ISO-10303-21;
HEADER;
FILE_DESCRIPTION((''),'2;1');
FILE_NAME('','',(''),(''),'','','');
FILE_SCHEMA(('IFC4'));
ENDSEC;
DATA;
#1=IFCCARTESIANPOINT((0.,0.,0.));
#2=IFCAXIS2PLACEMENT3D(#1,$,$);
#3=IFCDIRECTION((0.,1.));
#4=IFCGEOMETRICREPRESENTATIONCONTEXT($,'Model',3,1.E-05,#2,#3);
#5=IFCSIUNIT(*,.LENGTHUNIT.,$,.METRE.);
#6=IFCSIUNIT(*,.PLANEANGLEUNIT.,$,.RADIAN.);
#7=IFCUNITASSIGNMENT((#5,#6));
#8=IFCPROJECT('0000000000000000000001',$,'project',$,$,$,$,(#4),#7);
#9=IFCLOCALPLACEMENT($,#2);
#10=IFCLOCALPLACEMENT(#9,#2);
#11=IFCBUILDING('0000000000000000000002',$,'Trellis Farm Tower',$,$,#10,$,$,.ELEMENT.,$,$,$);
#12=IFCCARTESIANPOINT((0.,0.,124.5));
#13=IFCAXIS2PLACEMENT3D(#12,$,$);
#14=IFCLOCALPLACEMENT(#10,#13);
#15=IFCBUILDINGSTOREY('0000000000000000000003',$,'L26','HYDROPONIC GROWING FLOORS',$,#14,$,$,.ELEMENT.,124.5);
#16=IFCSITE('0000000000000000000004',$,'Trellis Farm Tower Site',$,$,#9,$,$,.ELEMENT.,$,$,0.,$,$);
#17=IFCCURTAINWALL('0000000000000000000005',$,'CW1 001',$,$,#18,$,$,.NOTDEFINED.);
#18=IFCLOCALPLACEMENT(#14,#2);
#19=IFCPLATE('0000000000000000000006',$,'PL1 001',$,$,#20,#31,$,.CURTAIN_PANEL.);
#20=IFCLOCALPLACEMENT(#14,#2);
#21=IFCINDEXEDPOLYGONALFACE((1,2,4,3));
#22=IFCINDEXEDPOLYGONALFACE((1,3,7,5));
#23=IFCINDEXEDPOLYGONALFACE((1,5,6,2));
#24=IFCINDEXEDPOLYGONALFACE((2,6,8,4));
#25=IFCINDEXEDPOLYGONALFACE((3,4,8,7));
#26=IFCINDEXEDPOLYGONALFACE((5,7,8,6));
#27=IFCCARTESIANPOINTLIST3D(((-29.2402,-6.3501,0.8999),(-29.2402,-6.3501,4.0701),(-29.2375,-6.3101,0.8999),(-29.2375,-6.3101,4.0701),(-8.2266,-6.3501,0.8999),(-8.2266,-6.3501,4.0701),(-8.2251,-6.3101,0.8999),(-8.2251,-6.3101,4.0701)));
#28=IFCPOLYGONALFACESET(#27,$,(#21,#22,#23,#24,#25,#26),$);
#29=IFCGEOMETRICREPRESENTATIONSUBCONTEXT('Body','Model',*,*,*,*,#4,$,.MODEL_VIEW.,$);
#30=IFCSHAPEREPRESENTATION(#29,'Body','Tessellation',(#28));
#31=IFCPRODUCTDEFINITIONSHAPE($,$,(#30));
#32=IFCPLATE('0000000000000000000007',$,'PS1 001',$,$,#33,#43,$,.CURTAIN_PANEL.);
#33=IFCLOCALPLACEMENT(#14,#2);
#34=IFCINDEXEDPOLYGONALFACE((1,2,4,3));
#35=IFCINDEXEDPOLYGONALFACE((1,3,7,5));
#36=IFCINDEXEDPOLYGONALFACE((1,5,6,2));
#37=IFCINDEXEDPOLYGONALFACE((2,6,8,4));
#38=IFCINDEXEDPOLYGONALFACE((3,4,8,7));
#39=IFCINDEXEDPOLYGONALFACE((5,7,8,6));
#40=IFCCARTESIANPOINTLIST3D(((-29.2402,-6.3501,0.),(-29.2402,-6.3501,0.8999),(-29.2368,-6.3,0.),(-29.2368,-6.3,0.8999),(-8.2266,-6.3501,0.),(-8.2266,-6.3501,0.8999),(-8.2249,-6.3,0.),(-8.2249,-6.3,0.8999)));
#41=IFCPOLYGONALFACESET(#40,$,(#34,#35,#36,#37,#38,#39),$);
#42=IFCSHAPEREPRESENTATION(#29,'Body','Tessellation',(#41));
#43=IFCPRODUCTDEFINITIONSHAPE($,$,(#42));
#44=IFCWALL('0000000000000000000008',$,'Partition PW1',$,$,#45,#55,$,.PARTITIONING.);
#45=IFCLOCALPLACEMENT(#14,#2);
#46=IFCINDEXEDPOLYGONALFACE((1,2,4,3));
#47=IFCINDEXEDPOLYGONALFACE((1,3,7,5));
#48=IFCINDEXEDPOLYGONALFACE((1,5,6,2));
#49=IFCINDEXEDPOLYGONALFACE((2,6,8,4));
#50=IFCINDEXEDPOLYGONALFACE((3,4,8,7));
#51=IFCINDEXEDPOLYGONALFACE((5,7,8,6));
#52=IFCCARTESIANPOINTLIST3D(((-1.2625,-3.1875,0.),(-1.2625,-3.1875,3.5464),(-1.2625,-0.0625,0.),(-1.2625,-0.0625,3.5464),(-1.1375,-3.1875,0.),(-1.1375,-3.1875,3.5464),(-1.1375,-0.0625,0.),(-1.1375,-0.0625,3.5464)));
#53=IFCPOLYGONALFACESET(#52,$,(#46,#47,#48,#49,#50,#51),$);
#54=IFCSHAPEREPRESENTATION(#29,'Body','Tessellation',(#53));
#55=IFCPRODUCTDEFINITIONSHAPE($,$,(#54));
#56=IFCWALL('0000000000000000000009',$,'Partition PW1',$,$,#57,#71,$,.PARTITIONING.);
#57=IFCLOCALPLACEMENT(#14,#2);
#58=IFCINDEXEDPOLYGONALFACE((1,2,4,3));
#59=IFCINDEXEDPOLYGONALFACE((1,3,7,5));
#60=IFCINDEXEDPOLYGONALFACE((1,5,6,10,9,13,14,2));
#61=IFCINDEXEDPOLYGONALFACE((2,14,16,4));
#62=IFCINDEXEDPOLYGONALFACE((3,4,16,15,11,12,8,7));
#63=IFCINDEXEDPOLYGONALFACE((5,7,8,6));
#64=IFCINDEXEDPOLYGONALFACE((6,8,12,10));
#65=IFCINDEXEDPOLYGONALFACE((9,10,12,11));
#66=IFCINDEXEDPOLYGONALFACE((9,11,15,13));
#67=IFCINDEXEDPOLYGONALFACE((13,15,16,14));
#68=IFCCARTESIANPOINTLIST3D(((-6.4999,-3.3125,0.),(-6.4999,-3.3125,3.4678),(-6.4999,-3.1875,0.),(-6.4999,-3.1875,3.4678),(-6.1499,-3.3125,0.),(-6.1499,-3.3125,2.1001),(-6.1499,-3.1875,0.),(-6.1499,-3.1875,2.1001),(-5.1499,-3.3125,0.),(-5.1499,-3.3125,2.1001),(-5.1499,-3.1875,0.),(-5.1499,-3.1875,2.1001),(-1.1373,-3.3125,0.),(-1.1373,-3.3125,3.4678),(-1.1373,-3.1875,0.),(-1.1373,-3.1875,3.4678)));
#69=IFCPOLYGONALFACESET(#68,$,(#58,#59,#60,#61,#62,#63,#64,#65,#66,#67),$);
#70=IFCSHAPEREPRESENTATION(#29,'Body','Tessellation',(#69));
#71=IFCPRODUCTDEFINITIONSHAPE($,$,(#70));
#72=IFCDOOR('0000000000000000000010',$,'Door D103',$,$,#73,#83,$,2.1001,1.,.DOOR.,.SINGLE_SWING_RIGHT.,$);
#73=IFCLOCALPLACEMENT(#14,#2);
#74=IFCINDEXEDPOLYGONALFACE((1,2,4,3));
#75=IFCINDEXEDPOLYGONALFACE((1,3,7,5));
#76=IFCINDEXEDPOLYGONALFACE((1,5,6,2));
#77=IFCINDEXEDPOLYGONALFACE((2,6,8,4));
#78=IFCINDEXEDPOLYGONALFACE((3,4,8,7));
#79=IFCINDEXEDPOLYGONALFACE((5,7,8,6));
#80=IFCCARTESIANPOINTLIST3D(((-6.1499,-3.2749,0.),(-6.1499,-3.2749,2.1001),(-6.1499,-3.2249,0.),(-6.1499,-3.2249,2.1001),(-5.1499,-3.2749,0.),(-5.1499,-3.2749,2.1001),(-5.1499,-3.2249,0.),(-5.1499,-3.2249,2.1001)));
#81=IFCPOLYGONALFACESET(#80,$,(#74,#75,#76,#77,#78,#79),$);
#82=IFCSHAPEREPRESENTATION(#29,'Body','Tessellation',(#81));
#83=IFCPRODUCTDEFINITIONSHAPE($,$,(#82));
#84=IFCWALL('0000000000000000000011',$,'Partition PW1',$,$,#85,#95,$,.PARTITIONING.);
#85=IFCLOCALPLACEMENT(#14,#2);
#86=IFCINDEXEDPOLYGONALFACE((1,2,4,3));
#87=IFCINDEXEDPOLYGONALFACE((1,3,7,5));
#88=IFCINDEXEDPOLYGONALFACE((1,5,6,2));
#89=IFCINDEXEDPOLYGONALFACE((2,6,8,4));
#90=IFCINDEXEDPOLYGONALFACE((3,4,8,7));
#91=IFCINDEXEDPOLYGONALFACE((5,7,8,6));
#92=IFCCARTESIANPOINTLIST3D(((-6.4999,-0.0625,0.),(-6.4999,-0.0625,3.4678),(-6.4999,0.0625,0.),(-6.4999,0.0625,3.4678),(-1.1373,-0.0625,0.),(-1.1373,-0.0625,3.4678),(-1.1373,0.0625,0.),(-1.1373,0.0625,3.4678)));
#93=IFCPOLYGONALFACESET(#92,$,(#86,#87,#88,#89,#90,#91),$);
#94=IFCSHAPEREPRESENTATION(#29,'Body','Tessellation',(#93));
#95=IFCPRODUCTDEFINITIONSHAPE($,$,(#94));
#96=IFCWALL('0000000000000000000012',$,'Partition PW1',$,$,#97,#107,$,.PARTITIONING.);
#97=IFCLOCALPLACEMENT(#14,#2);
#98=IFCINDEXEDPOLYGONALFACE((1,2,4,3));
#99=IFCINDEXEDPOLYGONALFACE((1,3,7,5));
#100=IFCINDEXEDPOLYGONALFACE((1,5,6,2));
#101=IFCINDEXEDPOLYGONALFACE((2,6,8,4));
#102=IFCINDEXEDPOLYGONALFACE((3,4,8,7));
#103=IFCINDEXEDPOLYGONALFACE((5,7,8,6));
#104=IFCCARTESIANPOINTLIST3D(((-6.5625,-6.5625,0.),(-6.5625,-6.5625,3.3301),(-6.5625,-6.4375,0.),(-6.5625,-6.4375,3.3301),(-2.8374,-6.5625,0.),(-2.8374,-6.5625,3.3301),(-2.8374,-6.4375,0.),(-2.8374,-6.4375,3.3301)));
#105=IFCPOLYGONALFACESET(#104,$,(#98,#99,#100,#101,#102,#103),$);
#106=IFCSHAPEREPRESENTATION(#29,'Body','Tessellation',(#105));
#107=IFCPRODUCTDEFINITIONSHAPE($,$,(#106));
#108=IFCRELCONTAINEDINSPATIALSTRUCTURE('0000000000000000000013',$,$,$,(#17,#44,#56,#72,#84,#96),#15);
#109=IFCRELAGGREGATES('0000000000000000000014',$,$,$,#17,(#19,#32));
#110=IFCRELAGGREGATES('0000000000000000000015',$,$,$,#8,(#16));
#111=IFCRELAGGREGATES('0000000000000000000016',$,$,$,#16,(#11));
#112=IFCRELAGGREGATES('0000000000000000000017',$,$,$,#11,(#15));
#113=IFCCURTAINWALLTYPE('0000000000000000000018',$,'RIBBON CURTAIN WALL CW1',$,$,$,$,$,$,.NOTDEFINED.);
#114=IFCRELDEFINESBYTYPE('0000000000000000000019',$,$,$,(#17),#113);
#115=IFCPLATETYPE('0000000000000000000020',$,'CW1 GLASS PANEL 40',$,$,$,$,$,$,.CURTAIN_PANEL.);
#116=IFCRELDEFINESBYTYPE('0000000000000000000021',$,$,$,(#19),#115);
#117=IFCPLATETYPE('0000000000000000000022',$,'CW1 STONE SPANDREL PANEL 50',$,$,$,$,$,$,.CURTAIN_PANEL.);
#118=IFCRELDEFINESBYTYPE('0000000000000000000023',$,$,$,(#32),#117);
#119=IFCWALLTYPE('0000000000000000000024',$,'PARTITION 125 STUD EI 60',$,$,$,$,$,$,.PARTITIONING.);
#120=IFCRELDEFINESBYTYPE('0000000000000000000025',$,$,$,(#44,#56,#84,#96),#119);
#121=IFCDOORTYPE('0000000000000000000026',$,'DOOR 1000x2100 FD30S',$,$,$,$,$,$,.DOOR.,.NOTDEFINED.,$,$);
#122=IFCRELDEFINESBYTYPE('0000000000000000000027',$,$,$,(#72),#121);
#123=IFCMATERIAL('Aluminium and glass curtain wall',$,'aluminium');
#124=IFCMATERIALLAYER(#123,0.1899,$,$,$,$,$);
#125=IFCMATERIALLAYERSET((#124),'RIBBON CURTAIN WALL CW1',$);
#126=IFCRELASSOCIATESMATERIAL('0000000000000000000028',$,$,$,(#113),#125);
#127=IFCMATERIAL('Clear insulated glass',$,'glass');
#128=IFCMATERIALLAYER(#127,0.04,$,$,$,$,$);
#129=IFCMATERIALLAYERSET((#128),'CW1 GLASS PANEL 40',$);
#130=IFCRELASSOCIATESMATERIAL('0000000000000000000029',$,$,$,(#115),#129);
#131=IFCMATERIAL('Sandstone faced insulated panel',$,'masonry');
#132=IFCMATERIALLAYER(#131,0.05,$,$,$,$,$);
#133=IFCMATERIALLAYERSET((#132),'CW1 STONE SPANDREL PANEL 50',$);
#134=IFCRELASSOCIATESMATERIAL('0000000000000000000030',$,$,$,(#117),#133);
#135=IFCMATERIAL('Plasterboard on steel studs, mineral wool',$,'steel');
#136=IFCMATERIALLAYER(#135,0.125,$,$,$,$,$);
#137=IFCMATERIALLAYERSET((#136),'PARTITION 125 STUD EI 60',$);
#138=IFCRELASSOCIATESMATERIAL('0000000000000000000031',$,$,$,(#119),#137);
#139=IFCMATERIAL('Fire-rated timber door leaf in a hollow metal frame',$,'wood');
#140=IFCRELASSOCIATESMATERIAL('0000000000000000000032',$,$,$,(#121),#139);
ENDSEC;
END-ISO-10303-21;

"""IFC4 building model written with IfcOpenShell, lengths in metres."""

from ifc_helpers import new_model, si_unit, direction, frame, frame_2d, origin, place, context, subcontext, project, spatial, polyline, rectangle, outline, extrude, source, transform, mapped, material, layer, layer_set, type_object, element, fill, aggregate, save


model = new_model("IFC4")

# Units and contexts
model_context = context("Model", 3, precision=1e-05, world=origin(), true_north=direction((0.0, 1.0)))
body_context = subcontext(model_context, "Body", "Model", "MODEL_VIEW")
ifc_project = project(units=[si_unit("LENGTHUNIT", "METRE"), si_unit("PLANEANGLEUNIT", "RADIAN")], contexts=[model_context])

# Site, building, storey
site_placement = place(None, origin())
site = spatial("IfcSite", under=ifc_project, at=site_placement, Name="Trellis Farm Tower Site", CompositionType="ELEMENT", RefElevation=0.0)
building_placement = place(site_placement, origin())
building = spatial("IfcBuilding", under=site, at=building_placement, Name="Trellis Farm Tower", CompositionType="ELEMENT")
storey_placement = place(building_placement, frame((0.0, 0.0, 124.5)))
storey = spatial("IfcBuildingStorey", under=building, at=storey_placement, Name="L26", Description="HYDROPONIC GROWING FLOORS", CompositionType="ELEMENT", Elevation=124.5)

# Curtain wall
ifc_material_1 = material(Name="Aluminium and glass curtain wall", Category="aluminium")
ifc_layer_1 = layer(ifc_material_1, 0.1899)
ifc_layer_set_1 = layer_set([ifc_layer_1], Name="RIBBON CURTAIN WALL CW1")
curtain_wall_type = type_object("IfcCurtainWallType", Name="RIBBON CURTAIN WALL CW1", PredefinedType="NOTDEFINED", material=ifc_layer_set_1)
placement_1 = place(storey_placement, origin())
curtain_wall = element("IfcCurtainWall", 1, at=placement_1, inside=storey, type_object=curtain_wall_type, Name="CW1 001", PredefinedType="NOTDEFINED")

# Plates
ifc_material_2 = material(Name="Clear insulated glass", Category="glass")
ifc_layer_2 = layer(ifc_material_2, 0.04)
ifc_layer_set_2 = layer_set([ifc_layer_2], Name="CW1 GLASS PANEL 40")
plate_type_1 = type_object("IfcPlateType", Name="CW1 GLASS PANEL 40", PredefinedType="CURTAIN_PANEL", material=ifc_layer_set_2)
shared_shape_1 = source(origin(), body_context, "Body", "SweptSolid", [
    extrude(outline(polyline([(-29.2402, -6.3501), (-8.2266, -6.3501), (-8.2251, -6.3101), (-29.2375, -6.3101), (-29.2402, -6.3501)])), origin(), (0.0, 0.0, 1.0), 3.1702),
])
plate_1_placement = place(storey_placement, frame((0.0, 0.0, 0.8999)))
plate_1 = element("IfcPlate", 2, at=plate_1_placement, type_object=plate_type_1, Name="PL1 001", PredefinedType="CURTAIN_PANEL", context=body_context, shape_type="MappedRepresentation", body=[
    mapped(shared_shape_1, transform((0.0, 0.0, 0.0))),
])
ifc_material_3 = material(Name="Sandstone faced insulated panel", Category="masonry")
ifc_layer_3 = layer(ifc_material_3, 0.05)
ifc_layer_set_3 = layer_set([ifc_layer_3], Name="CW1 STONE SPANDREL PANEL 50")
plate_type_2 = type_object("IfcPlateType", Name="CW1 STONE SPANDREL PANEL 50", PredefinedType="CURTAIN_PANEL", material=ifc_layer_set_3)
shared_shape_2 = source(origin(), body_context, "Body", "SweptSolid", [
    extrude(outline(polyline([(-29.2402, -6.3501), (-8.2266, -6.3501), (-8.2249, -6.3), (-29.2368, -6.3), (-29.2402, -6.3501)])), origin(), (0.0, 0.0, 1.0), 0.8999),
])
plate_2 = element("IfcPlate", 3, at=placement_1, type_object=plate_type_2, Name="PS1 001", PredefinedType="CURTAIN_PANEL", context=body_context, shape_type="MappedRepresentation", body=[
    mapped(shared_shape_2, transform((0.0, 0.0, 0.0))),
])
aggregate(curtain_wall, [plate_1, plate_2])

# Wall
ifc_material_4 = material(Name="Plasterboard on steel studs, mineral wool", Category="steel")
ifc_layer_4 = layer(ifc_material_4, 0.125)
ifc_layer_set_4 = layer_set([ifc_layer_4], Name="PARTITION 125 STUD EI 60")
wall_type = type_object("IfcWallType", Name="PARTITION 125 STUD EI 60", PredefinedType="PARTITIONING", material=ifc_layer_set_4)
shared_shape_3 = source(origin(), body_context, "Body", "SweptSolid", [
    extrude(rectangle(XDim=3.125, YDim=0.125, at=frame_2d((1.5625, 0.0))), origin(), (0.0, 0.0, 1.0), 3.5464),
])
wall_1_placement = place(storey_placement, frame((-1.2, -0.0625, 0.0), z_axis=(0.0, 0.0, 1.0), x_axis=(0.0, -1.0, 0.0)))
element("IfcWall", 4, at=wall_1_placement, inside=storey, type_object=wall_type, Name="Partition PW1", PredefinedType="PARTITIONING", context=body_context, shape_type="MappedRepresentation", body=[
    mapped(shared_shape_3, transform((0.0, 0.0, 0.0))),
])

# Wall, opening, door
shared_shape_4 = source(origin(), body_context, "Body", "SweptSolid", [
    extrude(rectangle(XDim=5.3625, YDim=0.125, at=frame_2d((2.6812, 0.0))), origin(), (0.0, 0.0, 1.0), 3.4678),
])
wall_2_placement = place(storey_placement, frame((-1.1375, -3.25, 0.0), z_axis=(0.0, 0.0, 1.0), x_axis=(-1.0, 0.0, 0.0)))
wall_2 = element("IfcWall", 5, at=wall_2_placement, inside=storey, type_object=wall_type, Name="Partition PW1", PredefinedType="PARTITIONING", context=body_context, shape_type="MappedRepresentation", body=[
    mapped(shared_shape_4, transform((0.0, 0.0, 0.0))),
])
shared_shape_5 = source(origin(), body_context, "Body", "SweptSolid", [
    extrude(rectangle(XDim=1.0, YDim=2.1001, at=frame_2d((0.5, 1.05))), frame((0.0, 0.0725, 0.0), z_axis=(0.0, -1.0, 0.0), x_axis=(1.0, 0.0, 0.0)), (0.0, 0.0, 1.0), 0.145),
])
opening_placement = place(wall_2_placement, frame((4.0125, 0.0, 0.0)))
opening = element("IfcOpeningElement", 6, at=opening_placement, cuts=wall_2, PredefinedType="OPENING", context=body_context, shape_type="MappedRepresentation", body=[
    mapped(shared_shape_5, transform((0.0, 0.0, 0.0))),
])
ifc_material_5 = material(Name="Fire-rated timber door leaf in a hollow metal frame", Category="wood")
door_type = type_object("IfcDoorType", Name="DOOR 1000x2100 FD30S", OperationType="NOTDEFINED", PredefinedType="DOOR", material=ifc_material_5)
shared_shape_6 = source(origin(), body_context, "Body", "SweptSolid", [
    extrude(rectangle(XDim=1.0, YDim=2.1001, at=frame_2d((0.5, 1.05))), frame((0.0, 0.0249, 0.0), z_axis=(0.0, -1.0, 0.0), x_axis=(1.0, 0.0, 0.0)), (0.0, 0.0, 1.0), 0.05),
])
door_placement = place(opening_placement, origin())
door = element("IfcDoor", 7, at=door_placement, inside=storey, type_object=door_type, Name="Door D103", OperationType="SINGLE_SWING_RIGHT", OverallHeight=2.1001, OverallWidth=1.0, PredefinedType="DOOR", context=body_context, shape_type="MappedRepresentation", body=[
    mapped(shared_shape_6, transform((0.0, 0.0, 0.0))),
])
fill(opening, door)

# Walls
wall_3_placement = place(storey_placement, frame((-1.1375, 0.0, 0.0), z_axis=(0.0, 0.0, 1.0), x_axis=(-1.0, 0.0, 0.0)))
element("IfcWall", 8, at=wall_3_placement, inside=storey, type_object=wall_type, Name="Partition PW1", PredefinedType="PARTITIONING", context=body_context, shape_type="MappedRepresentation", body=[
    mapped(shared_shape_4, transform((0.0, 0.0, 0.0))),
])
shared_shape_7 = source(origin(), body_context, "Body", "SweptSolid", [
    extrude(rectangle(XDim=3.7251, YDim=0.125, at=frame_2d((1.8625, 0.0))), origin(), (0.0, 0.0, 1.0), 3.3301),
])
wall_4_placement = place(storey_placement, frame((-2.8374, -6.5, 0.0), z_axis=(0.0, 0.0, 1.0), x_axis=(-1.0, 0.0, 0.0)))
element("IfcWall", 9, at=wall_4_placement, inside=storey, type_object=wall_type, Name="Partition PW1", PredefinedType="PARTITIONING", context=body_context, shape_type="MappedRepresentation", body=[
    mapped(shared_shape_7, transform((0.0, 0.0, 0.0))),
])

save(model, "model.ifc")
